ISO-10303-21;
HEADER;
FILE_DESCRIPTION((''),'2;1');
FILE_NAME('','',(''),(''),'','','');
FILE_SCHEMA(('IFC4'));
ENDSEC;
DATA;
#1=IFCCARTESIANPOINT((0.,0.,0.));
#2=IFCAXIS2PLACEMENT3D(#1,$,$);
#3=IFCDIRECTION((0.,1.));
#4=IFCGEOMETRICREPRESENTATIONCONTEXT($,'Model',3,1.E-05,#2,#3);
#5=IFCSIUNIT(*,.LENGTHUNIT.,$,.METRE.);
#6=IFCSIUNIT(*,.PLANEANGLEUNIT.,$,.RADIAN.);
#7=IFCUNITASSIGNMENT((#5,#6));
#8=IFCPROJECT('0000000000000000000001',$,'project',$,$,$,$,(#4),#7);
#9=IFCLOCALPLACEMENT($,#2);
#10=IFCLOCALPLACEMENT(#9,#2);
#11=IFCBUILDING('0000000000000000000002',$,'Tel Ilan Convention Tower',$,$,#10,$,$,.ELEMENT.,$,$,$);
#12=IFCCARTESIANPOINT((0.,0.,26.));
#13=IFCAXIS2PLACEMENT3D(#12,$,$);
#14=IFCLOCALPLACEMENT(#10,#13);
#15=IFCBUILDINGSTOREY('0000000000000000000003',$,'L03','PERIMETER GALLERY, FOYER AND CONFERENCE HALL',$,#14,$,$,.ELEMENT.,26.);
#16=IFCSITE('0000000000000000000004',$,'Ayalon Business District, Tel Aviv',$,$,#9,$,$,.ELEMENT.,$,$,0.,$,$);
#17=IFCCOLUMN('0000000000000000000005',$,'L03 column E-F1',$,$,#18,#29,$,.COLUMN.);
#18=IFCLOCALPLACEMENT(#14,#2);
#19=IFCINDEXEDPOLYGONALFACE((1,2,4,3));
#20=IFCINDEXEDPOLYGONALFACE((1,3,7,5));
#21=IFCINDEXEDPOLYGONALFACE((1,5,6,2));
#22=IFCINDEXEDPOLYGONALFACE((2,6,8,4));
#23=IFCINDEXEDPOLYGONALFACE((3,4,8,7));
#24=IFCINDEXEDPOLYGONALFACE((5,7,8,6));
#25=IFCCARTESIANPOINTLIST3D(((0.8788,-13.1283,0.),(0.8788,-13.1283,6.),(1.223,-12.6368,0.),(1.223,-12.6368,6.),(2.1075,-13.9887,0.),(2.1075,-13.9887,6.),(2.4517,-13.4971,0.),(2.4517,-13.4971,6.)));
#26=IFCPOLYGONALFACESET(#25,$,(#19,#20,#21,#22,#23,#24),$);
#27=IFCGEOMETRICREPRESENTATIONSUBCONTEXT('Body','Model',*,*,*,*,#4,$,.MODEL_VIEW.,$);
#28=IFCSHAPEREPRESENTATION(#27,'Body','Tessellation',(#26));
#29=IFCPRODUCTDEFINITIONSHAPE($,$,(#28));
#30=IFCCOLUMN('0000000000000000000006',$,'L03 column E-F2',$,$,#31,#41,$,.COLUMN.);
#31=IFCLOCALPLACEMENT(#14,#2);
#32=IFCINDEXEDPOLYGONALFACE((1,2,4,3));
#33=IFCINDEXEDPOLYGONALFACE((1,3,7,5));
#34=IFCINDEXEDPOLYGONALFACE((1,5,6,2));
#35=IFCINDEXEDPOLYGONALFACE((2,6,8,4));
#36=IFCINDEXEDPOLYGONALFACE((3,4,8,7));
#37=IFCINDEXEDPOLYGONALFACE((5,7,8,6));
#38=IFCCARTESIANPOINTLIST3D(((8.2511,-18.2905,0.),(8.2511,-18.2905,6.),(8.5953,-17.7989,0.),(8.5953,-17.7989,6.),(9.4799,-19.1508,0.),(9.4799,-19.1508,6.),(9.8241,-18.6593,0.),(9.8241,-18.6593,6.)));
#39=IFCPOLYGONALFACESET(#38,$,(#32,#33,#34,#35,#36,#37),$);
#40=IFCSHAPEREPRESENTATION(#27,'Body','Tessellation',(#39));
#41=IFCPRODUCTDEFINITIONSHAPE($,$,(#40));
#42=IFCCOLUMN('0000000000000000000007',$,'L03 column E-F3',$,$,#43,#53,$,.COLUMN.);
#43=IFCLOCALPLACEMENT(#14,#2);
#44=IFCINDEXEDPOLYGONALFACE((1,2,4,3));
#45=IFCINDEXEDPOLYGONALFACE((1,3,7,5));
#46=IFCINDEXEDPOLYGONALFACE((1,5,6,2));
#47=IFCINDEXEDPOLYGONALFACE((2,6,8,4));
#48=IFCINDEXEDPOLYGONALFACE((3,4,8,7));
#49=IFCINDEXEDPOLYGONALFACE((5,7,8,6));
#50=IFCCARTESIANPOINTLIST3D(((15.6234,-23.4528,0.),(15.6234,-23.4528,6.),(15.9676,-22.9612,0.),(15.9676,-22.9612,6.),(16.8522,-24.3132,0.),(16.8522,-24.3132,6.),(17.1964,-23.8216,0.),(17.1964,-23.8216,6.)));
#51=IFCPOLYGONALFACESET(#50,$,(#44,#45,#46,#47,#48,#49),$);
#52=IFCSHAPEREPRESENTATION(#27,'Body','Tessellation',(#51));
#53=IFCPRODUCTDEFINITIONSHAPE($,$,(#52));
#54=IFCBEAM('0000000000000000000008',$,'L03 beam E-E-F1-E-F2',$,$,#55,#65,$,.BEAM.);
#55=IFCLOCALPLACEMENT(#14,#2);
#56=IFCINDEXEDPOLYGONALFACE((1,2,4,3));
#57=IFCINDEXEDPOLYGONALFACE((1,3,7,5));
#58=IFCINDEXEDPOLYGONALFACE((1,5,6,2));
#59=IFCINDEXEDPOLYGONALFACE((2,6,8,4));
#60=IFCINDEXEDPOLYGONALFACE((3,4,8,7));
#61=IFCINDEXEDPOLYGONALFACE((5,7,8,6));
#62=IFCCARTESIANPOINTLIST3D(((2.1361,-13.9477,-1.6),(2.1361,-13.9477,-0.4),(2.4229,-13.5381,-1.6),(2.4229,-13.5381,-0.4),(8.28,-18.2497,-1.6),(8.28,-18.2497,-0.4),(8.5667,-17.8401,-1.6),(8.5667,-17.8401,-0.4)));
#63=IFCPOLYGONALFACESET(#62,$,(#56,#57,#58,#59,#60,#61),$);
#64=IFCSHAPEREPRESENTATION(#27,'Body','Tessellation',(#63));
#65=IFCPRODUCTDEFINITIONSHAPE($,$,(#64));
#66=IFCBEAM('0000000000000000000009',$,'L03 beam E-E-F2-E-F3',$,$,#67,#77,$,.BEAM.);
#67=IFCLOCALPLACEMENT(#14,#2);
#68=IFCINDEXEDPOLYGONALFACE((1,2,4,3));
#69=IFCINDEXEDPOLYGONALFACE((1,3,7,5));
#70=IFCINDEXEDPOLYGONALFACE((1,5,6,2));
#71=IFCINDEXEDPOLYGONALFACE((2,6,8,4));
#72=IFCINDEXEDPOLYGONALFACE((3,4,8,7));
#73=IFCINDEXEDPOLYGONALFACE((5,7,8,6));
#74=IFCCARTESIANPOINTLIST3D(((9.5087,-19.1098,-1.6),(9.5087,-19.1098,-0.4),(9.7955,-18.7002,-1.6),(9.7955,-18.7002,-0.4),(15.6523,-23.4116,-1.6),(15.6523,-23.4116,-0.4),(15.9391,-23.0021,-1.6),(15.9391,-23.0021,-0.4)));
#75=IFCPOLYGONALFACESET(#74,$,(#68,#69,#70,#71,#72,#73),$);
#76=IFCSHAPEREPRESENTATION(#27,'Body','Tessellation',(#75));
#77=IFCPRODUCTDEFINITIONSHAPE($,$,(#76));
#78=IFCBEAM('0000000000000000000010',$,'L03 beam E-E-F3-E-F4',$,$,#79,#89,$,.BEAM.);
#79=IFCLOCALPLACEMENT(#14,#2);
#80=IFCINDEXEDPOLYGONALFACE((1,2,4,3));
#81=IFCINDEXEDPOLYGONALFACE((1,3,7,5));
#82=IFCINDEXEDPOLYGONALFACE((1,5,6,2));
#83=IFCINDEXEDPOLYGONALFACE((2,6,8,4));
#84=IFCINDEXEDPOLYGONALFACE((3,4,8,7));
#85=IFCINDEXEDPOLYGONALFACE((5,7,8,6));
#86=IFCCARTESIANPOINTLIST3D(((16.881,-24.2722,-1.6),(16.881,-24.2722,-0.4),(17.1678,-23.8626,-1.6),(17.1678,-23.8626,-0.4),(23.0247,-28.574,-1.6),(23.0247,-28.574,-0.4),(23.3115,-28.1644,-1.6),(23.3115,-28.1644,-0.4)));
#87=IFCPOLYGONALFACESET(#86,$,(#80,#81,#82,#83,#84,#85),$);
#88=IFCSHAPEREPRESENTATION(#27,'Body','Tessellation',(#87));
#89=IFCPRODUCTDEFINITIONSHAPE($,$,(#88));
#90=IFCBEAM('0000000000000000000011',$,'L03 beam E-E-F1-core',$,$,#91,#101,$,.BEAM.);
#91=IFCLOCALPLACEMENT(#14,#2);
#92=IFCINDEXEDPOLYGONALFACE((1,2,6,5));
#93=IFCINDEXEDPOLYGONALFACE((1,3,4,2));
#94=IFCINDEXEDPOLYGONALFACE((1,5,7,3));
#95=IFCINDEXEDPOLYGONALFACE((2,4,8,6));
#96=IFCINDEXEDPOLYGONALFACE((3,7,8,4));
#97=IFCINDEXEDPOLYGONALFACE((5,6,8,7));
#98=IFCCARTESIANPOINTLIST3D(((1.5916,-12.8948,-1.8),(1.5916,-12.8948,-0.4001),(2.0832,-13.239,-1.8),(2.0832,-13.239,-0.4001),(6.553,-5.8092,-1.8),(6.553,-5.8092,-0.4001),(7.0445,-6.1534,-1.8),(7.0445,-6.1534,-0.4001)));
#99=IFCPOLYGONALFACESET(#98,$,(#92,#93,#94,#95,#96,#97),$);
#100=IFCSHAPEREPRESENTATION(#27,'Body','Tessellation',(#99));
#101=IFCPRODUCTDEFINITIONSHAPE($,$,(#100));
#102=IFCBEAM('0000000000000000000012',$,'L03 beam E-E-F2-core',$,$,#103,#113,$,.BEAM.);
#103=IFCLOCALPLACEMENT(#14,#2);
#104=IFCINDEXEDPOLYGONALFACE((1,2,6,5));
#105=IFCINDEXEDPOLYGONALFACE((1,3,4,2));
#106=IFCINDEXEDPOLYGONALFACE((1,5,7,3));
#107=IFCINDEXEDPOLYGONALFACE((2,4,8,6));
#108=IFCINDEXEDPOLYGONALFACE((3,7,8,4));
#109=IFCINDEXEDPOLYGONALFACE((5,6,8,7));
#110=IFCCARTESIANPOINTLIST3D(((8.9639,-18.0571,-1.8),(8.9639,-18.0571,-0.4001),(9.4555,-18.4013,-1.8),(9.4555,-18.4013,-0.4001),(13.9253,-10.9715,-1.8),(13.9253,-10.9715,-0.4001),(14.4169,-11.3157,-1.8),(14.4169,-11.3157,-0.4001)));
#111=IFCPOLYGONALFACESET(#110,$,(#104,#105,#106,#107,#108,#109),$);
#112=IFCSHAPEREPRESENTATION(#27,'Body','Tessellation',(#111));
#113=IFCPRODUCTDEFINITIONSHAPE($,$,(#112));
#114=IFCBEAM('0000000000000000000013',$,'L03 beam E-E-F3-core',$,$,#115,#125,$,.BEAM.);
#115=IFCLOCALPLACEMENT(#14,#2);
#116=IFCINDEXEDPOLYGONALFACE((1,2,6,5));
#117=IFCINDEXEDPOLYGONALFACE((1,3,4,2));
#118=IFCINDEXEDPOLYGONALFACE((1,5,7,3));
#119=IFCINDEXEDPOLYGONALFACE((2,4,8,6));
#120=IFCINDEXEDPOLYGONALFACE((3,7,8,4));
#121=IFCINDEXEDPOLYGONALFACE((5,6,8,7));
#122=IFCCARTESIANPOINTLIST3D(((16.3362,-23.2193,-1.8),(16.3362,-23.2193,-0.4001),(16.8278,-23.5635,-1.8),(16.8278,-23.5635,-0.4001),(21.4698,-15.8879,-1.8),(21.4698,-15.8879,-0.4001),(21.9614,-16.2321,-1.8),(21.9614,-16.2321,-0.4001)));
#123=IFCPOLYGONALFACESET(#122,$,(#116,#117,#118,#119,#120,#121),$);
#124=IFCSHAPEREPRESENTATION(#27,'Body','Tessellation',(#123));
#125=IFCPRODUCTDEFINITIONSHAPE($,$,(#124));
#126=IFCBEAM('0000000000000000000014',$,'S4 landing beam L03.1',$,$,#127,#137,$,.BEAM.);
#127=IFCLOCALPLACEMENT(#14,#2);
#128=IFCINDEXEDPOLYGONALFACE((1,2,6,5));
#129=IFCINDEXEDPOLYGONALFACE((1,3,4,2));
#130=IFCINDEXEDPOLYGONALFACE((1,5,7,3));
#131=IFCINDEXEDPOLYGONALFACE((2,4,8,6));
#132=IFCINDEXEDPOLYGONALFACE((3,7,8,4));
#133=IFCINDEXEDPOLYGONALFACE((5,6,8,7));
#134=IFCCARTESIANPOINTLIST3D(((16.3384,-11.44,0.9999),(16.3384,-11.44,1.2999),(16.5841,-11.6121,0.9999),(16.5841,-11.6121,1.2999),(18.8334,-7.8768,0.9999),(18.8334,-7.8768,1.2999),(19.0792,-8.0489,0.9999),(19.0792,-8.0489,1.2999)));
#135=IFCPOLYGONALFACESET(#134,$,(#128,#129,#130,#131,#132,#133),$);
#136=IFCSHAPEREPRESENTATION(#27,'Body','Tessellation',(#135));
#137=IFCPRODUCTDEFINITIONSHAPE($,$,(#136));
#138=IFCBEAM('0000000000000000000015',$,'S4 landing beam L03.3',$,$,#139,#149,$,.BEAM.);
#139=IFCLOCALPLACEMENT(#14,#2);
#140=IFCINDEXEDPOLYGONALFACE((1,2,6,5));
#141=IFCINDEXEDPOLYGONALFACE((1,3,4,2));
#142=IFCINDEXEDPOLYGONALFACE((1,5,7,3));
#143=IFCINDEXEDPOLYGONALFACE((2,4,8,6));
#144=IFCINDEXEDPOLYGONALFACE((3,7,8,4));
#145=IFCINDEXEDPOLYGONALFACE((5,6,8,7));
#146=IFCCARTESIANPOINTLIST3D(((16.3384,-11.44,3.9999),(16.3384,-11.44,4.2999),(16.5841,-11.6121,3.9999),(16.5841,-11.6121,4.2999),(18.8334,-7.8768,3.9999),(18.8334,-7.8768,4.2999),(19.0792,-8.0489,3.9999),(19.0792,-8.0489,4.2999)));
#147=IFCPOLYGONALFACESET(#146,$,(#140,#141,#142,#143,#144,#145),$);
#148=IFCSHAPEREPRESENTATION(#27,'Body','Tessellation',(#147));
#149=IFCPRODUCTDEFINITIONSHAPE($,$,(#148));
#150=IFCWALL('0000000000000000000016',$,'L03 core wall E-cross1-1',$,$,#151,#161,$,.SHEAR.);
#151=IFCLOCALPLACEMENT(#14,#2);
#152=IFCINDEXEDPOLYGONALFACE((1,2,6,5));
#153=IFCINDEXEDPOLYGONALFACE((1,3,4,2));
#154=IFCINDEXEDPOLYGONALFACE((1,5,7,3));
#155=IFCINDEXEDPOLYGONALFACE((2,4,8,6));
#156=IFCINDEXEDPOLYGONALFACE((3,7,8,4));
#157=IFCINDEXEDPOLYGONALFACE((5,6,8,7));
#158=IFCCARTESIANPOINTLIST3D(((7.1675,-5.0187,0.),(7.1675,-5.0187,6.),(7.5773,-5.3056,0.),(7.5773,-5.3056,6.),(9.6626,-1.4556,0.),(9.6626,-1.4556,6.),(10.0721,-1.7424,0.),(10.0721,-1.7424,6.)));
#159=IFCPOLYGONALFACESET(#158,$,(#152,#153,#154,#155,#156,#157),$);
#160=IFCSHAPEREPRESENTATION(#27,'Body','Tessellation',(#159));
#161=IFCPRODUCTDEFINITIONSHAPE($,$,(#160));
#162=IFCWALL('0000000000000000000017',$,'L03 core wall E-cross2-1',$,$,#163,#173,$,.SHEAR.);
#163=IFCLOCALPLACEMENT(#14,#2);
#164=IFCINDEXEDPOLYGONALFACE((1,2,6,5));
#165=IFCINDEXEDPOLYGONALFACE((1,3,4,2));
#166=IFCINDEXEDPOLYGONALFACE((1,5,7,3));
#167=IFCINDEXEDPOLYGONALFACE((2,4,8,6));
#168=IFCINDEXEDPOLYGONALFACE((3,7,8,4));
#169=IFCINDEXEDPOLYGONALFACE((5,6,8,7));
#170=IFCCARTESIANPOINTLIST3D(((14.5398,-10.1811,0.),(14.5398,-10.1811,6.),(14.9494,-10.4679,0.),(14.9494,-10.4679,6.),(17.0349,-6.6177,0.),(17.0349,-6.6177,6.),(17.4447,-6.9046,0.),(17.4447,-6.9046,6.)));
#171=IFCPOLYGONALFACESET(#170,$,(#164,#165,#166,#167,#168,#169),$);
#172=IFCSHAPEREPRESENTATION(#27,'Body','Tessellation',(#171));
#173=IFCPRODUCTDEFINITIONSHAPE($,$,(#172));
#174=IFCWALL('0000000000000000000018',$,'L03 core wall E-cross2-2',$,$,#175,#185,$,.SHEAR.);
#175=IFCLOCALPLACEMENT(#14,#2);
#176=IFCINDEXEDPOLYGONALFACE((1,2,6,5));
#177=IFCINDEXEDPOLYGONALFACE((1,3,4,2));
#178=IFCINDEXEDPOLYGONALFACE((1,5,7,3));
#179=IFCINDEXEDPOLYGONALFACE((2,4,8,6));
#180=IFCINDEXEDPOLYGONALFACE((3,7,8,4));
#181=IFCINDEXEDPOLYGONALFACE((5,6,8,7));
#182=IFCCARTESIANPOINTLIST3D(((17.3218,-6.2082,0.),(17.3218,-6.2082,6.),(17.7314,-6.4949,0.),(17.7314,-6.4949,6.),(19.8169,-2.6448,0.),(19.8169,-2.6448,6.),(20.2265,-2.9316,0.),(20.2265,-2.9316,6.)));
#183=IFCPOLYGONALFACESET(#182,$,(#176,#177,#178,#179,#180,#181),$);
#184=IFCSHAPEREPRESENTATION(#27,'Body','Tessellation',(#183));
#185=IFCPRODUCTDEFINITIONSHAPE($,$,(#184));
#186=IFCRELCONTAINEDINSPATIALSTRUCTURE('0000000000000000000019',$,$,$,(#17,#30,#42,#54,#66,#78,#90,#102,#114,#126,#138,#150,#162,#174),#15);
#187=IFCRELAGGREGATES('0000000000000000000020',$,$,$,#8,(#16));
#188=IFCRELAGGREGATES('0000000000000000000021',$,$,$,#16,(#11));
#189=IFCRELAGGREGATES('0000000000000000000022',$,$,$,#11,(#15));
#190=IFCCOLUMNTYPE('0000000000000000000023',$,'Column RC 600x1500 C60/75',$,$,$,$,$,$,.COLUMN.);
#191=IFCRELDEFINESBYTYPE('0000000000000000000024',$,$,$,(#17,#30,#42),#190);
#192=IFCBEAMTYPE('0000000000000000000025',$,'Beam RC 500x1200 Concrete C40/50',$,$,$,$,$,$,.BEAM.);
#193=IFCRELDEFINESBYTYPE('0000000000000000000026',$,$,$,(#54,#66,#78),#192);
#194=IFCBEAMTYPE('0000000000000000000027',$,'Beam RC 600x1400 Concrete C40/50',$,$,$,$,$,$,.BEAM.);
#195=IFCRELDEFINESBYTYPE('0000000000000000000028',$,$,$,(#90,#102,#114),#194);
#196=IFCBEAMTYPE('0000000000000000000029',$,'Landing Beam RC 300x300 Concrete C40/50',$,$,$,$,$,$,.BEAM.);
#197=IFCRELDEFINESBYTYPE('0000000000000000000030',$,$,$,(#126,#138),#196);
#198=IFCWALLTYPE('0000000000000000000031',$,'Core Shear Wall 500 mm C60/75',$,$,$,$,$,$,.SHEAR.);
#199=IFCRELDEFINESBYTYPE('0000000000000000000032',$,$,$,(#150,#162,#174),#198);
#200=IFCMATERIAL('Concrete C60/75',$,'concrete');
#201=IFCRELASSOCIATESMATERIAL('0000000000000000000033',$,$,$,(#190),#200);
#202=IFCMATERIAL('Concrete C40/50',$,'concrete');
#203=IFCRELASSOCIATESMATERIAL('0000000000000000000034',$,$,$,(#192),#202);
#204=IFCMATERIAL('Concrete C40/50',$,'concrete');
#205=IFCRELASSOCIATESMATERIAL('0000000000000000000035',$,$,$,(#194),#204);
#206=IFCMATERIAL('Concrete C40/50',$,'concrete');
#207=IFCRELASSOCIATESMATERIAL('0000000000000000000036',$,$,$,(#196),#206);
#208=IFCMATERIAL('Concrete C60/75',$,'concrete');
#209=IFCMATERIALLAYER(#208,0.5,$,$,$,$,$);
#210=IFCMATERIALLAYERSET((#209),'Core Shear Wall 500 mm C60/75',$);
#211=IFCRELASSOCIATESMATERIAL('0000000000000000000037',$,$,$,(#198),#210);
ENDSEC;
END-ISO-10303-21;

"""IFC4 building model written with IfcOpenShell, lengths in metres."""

from ifc_helpers import new_model, si_unit, direction, frame, origin, origin_2d, place, context, subcontext, project, spatial, polyline, rectangle, outline, extrude, material, layer, layer_set, material_profile, profile_set, type_object, element, save


model = new_model("IFC4")

# Units and contexts
model_context = context("Model", 3, precision=1e-05, world=origin(), true_north=direction((0.0, 1.0)))
body_context = subcontext(model_context, "Body", "Model", "MODEL_VIEW")
ifc_project = project(units=[si_unit("LENGTHUNIT", "METRE"), si_unit("PLANEANGLEUNIT", "RADIAN")], contexts=[model_context])

# Site, building, storey
site_placement = place(None, origin())
site = spatial("IfcSite", under=ifc_project, at=site_placement, Name="Ayalon Business District, Tel Aviv", CompositionType="ELEMENT", RefElevation=0.0)
building_placement = place(site_placement, origin())
building = spatial("IfcBuilding", under=site, at=building_placement, Name="Tel Ilan Convention Tower", CompositionType="ELEMENT")
storey_placement = place(building_placement, frame((0.0, 0.0, 26.0)))
storey = spatial("IfcBuildingStorey", under=building, at=storey_placement, Name="L03", Description="PERIMETER GALLERY, FOYER AND CONFERENCE HALL", CompositionType="ELEMENT", Elevation=26.0)

# Columns
ifc_material_1 = material(Name="Concrete C60/75", Category="concrete")
ifc_material_profile_1 = material_profile(ifc_material_1, rectangle(XDim=1.5, YDim=0.6001, at=origin_2d()), Name="RC 600x1500")
ifc_profile_set_1 = profile_set([ifc_material_profile_1], Name="Concrete C60/75")
column_type = type_object("IfcColumnType", Name="Column RC 600x1500 C60/75", PredefinedType="COLUMN", material=ifc_profile_set_1)
for number, where, z_axis, x_axis, name in (
    (1, (1.6653, -13.3127, 0.0), (0.0, 0.0, 1.0), (0.819152, -0.573576, 0.0), "L03 column E-F1"),
    (2, (9.0376, -18.4749, 0.0), (0.0, 0.0, 1.0), (0.819152, -0.573576, 0.0), "L03 column E-F2"),
    (3, (16.4099, -23.6372, 0.0), (0.0, 0.0, 1.0), (0.819152, -0.573576, 0.0), "L03 column E-F3"),
):
    element("IfcColumn", number, at=place(storey_placement, frame(where, z_axis=z_axis, x_axis=x_axis)), inside=storey, type_object=column_type, Name=name, PredefinedType="COLUMN", context=body_context, shape_type="SweptSolid", body=[
        extrude(rectangle(XDim=1.5, YDim=0.6001, at=origin_2d()), origin(), (0.0, 0.0, 1.0), 6.0),
    ])

# Beams
ifc_material_2 = material(Name="Concrete C40/50", Category="concrete")
ifc_material_profile_2 = material_profile(ifc_material_2, rectangle(XDim=0.5, YDim=1.2, at=origin_2d()), Name="RC 500x1200")
ifc_profile_set_2 = profile_set([ifc_material_profile_2], Name="Concrete C40/50")
beam_type_1 = type_object("IfcBeamType", Name="Beam RC 500x1200 Concrete C40/50", PredefinedType="BEAM", material=ifc_profile_set_2)
beam_1_placement = place(storey_placement, frame((2.2795, -13.7429, -1.0), z_axis=(0.819148, -0.573582, 0.0), x_axis=(0.573582, 0.819148, 0.0)))
element("IfcBeam", 4, at=beam_1_placement, inside=storey, type_object=beam_type_1, Name="L03 beam E-E-F1-E-F2", PredefinedType="BEAM", context=body_context, shape_type="SweptSolid", body=[
    extrude(rectangle(XDim=0.5, YDim=1.2, at=origin_2d()), origin(), (0.0, 0.0, 1.0), 7.5002),
])
for number, where, z_axis, x_axis, name in (
    (5, (9.6521, -18.905, -1.0), (0.819152, -0.573576, 0.0), (0.573576, 0.819152, 0.0), "L03 beam E-E-F2-E-F3"),
    (6, (17.0244, -24.0674, -1.0), (0.819152, -0.573576, 0.0), (0.573576, 0.819152, 0.0), "L03 beam E-E-F3-E-F4"),
):
    element("IfcBeam", number, at=place(storey_placement, frame(where, z_axis=z_axis, x_axis=x_axis)), inside=storey, type_object=beam_type_1, Name=name, PredefinedType="BEAM", context=body_context, shape_type="SweptSolid", body=[
        extrude(rectangle(XDim=0.5, YDim=1.2, at=origin_2d()), origin(), (0.0, 0.0, 1.0), 7.5),
    ])
ifc_material_3 = material(Name="Concrete C40/50", Category="concrete")
ifc_material_profile_3 = material_profile(ifc_material_3, rectangle(XDim=0.6001, YDim=1.3999, at=origin_2d()), Name="RC 600x1400")
ifc_profile_set_3 = profile_set([ifc_material_profile_3], Name="Concrete C40/50")
beam_type_2 = type_object("IfcBeamType", Name="Beam RC 600x1400 Concrete C40/50", PredefinedType="BEAM", material=ifc_profile_set_3)
for number, where, z_axis, x_axis, name in (
    (7, (1.8374, -13.0669, -1.1001), (0.573574, 0.819154, 0.0), (-0.819154, 0.573574, 0.0), "L03 beam E-E-F1-core"),
    (8, (9.2097, -18.2292, -1.1001), (0.573574, 0.819154, 0.0), (-0.819154, 0.573574, 0.0), "L03 beam E-E-F2-core"),
):
    element("IfcBeam", number, at=place(storey_placement, frame(where, z_axis=z_axis, x_axis=x_axis)), inside=storey, type_object=beam_type_2, Name=name, PredefinedType="BEAM", context=body_context, shape_type="SweptSolid", body=[
        extrude(rectangle(XDim=0.6001, YDim=1.3999, at=origin_2d()), origin(), (0.0, 0.0, 1.0), 8.6499),
    ])
beam_2_placement = place(storey_placement, frame((16.582, -23.3914, -1.1001), z_axis=(0.573585, 0.819146, 0.0), x_axis=(-0.819146, 0.573585, 0.0)))
element("IfcBeam", 9, at=beam_2_placement, inside=storey, type_object=beam_type_2, Name="L03 beam E-E-F3-core", PredefinedType="BEAM", context=body_context, shape_type="SweptSolid", body=[
    extrude(rectangle(XDim=0.6001, YDim=1.3999, at=origin_2d()), origin(), (0.0, 0.0, 1.0), 8.95),
])
ifc_material_4 = material(Name="Concrete C40/50", Category="concrete")
ifc_material_profile_4 = material_profile(ifc_material_4, rectangle(XDim=0.3, YDim=0.3, at=origin_2d()), Name="RC 300x300")
ifc_profile_set_4 = profile_set([ifc_material_profile_4], Name="Concrete C40/50")
beam_type_3 = type_object("IfcBeamType", Name="Landing Beam RC 300x300 Concrete C40/50", PredefinedType="BEAM", material=ifc_profile_set_4)
for number, where, z_axis, x_axis, name in (
    (10, (18.9563, -7.9629, 1.1499), (-0.573594, -0.81914, 0.0), (0.81914, -0.573594, 0.0), "S4 landing beam L03.1"),
    (11, (18.9563, -7.9629, 4.1499), (-0.573594, -0.81914, 0.0), (0.81914, -0.573594, 0.0), "S4 landing beam L03.3"),
):
    element("IfcBeam", number, at=place(storey_placement, frame(where, z_axis=z_axis, x_axis=x_axis)), inside=storey, type_object=beam_type_3, Name=name, PredefinedType="BEAM", context=body_context, shape_type="SweptSolid", body=[
        extrude(rectangle(XDim=0.3, YDim=0.3, at=origin_2d()), origin(), (0.0, 0.0, 1.0), 4.3499),
    ])

# Walls
ifc_material_5 = material(Name="Concrete C60/75", Category="concrete")
ifc_layer_1 = layer(ifc_material_5, 0.5)
ifc_layer_set_1 = layer_set([ifc_layer_1], Name="Core Shear Wall 500 mm C60/75")
wall_type_1 = type_object("IfcWallType", Name="Core Shear Wall 500 mm C60/75", PredefinedType="SHEAR", material=ifc_layer_set_1)
wall_1_placement = place(storey_placement, frame((7.3723, -5.1621, 0.0), z_axis=(0.0, 0.0, 1.0), x_axis=(0.573594, 0.81914, 0.0)))
element("IfcWall", 12, at=wall_1_placement, inside=storey, type_object=wall_type_1, Name="L03 core wall E-cross1-1", PredefinedType="SHEAR", context=body_context, shape_type="SweptSolid", body=[
    extrude(outline(polyline([(0.0, 0.25), (0.0, -0.2502), (4.3499, -0.25), (4.3499, 0.25), (0.0, 0.25)])), origin(), (0.0, 0.0, 1.0), 6.0),
])
wall_2_placement = place(storey_placement, frame((14.7446, -10.3245, 0.0), z_axis=(0.0, 0.0, 1.0), x_axis=(0.573568, 0.819158, 0.0)))
element("IfcWall", 13, at=wall_2_placement, inside=storey, type_object=wall_type_1, Name="L03 core wall E-cross2-1", PredefinedType="SHEAR", context=body_context, shape_type="SweptSolid", body=[
    extrude(outline(polyline([(0.0, 0.25), (0.0, -0.25), (4.3501, -0.2502), (4.3501, 0.25), (0.0, 0.25)])), origin(), (0.0, 0.0, 1.0), 6.0),
])
wall_3_placement = place(storey_placement, frame((17.5266, -6.3516, 0.0), z_axis=(0.0, 0.0, 1.0), x_axis=(0.57353, 0.819184, 0.0)))
element("IfcWall", 14, at=wall_3_placement, inside=storey, type_object=wall_type_1, Name="L03 core wall E-cross2-2", PredefinedType="SHEAR", context=body_context, shape_type="SweptSolid", body=[
    extrude(outline(polyline([(4.3501, -0.2502), (4.3501, 0.2498), (0.0, 0.25), (0.0, -0.25), (4.3501, -0.2502)])), origin(), (0.0, 0.0, 1.0), 6.0),
])

save(model, "model.ifc")
